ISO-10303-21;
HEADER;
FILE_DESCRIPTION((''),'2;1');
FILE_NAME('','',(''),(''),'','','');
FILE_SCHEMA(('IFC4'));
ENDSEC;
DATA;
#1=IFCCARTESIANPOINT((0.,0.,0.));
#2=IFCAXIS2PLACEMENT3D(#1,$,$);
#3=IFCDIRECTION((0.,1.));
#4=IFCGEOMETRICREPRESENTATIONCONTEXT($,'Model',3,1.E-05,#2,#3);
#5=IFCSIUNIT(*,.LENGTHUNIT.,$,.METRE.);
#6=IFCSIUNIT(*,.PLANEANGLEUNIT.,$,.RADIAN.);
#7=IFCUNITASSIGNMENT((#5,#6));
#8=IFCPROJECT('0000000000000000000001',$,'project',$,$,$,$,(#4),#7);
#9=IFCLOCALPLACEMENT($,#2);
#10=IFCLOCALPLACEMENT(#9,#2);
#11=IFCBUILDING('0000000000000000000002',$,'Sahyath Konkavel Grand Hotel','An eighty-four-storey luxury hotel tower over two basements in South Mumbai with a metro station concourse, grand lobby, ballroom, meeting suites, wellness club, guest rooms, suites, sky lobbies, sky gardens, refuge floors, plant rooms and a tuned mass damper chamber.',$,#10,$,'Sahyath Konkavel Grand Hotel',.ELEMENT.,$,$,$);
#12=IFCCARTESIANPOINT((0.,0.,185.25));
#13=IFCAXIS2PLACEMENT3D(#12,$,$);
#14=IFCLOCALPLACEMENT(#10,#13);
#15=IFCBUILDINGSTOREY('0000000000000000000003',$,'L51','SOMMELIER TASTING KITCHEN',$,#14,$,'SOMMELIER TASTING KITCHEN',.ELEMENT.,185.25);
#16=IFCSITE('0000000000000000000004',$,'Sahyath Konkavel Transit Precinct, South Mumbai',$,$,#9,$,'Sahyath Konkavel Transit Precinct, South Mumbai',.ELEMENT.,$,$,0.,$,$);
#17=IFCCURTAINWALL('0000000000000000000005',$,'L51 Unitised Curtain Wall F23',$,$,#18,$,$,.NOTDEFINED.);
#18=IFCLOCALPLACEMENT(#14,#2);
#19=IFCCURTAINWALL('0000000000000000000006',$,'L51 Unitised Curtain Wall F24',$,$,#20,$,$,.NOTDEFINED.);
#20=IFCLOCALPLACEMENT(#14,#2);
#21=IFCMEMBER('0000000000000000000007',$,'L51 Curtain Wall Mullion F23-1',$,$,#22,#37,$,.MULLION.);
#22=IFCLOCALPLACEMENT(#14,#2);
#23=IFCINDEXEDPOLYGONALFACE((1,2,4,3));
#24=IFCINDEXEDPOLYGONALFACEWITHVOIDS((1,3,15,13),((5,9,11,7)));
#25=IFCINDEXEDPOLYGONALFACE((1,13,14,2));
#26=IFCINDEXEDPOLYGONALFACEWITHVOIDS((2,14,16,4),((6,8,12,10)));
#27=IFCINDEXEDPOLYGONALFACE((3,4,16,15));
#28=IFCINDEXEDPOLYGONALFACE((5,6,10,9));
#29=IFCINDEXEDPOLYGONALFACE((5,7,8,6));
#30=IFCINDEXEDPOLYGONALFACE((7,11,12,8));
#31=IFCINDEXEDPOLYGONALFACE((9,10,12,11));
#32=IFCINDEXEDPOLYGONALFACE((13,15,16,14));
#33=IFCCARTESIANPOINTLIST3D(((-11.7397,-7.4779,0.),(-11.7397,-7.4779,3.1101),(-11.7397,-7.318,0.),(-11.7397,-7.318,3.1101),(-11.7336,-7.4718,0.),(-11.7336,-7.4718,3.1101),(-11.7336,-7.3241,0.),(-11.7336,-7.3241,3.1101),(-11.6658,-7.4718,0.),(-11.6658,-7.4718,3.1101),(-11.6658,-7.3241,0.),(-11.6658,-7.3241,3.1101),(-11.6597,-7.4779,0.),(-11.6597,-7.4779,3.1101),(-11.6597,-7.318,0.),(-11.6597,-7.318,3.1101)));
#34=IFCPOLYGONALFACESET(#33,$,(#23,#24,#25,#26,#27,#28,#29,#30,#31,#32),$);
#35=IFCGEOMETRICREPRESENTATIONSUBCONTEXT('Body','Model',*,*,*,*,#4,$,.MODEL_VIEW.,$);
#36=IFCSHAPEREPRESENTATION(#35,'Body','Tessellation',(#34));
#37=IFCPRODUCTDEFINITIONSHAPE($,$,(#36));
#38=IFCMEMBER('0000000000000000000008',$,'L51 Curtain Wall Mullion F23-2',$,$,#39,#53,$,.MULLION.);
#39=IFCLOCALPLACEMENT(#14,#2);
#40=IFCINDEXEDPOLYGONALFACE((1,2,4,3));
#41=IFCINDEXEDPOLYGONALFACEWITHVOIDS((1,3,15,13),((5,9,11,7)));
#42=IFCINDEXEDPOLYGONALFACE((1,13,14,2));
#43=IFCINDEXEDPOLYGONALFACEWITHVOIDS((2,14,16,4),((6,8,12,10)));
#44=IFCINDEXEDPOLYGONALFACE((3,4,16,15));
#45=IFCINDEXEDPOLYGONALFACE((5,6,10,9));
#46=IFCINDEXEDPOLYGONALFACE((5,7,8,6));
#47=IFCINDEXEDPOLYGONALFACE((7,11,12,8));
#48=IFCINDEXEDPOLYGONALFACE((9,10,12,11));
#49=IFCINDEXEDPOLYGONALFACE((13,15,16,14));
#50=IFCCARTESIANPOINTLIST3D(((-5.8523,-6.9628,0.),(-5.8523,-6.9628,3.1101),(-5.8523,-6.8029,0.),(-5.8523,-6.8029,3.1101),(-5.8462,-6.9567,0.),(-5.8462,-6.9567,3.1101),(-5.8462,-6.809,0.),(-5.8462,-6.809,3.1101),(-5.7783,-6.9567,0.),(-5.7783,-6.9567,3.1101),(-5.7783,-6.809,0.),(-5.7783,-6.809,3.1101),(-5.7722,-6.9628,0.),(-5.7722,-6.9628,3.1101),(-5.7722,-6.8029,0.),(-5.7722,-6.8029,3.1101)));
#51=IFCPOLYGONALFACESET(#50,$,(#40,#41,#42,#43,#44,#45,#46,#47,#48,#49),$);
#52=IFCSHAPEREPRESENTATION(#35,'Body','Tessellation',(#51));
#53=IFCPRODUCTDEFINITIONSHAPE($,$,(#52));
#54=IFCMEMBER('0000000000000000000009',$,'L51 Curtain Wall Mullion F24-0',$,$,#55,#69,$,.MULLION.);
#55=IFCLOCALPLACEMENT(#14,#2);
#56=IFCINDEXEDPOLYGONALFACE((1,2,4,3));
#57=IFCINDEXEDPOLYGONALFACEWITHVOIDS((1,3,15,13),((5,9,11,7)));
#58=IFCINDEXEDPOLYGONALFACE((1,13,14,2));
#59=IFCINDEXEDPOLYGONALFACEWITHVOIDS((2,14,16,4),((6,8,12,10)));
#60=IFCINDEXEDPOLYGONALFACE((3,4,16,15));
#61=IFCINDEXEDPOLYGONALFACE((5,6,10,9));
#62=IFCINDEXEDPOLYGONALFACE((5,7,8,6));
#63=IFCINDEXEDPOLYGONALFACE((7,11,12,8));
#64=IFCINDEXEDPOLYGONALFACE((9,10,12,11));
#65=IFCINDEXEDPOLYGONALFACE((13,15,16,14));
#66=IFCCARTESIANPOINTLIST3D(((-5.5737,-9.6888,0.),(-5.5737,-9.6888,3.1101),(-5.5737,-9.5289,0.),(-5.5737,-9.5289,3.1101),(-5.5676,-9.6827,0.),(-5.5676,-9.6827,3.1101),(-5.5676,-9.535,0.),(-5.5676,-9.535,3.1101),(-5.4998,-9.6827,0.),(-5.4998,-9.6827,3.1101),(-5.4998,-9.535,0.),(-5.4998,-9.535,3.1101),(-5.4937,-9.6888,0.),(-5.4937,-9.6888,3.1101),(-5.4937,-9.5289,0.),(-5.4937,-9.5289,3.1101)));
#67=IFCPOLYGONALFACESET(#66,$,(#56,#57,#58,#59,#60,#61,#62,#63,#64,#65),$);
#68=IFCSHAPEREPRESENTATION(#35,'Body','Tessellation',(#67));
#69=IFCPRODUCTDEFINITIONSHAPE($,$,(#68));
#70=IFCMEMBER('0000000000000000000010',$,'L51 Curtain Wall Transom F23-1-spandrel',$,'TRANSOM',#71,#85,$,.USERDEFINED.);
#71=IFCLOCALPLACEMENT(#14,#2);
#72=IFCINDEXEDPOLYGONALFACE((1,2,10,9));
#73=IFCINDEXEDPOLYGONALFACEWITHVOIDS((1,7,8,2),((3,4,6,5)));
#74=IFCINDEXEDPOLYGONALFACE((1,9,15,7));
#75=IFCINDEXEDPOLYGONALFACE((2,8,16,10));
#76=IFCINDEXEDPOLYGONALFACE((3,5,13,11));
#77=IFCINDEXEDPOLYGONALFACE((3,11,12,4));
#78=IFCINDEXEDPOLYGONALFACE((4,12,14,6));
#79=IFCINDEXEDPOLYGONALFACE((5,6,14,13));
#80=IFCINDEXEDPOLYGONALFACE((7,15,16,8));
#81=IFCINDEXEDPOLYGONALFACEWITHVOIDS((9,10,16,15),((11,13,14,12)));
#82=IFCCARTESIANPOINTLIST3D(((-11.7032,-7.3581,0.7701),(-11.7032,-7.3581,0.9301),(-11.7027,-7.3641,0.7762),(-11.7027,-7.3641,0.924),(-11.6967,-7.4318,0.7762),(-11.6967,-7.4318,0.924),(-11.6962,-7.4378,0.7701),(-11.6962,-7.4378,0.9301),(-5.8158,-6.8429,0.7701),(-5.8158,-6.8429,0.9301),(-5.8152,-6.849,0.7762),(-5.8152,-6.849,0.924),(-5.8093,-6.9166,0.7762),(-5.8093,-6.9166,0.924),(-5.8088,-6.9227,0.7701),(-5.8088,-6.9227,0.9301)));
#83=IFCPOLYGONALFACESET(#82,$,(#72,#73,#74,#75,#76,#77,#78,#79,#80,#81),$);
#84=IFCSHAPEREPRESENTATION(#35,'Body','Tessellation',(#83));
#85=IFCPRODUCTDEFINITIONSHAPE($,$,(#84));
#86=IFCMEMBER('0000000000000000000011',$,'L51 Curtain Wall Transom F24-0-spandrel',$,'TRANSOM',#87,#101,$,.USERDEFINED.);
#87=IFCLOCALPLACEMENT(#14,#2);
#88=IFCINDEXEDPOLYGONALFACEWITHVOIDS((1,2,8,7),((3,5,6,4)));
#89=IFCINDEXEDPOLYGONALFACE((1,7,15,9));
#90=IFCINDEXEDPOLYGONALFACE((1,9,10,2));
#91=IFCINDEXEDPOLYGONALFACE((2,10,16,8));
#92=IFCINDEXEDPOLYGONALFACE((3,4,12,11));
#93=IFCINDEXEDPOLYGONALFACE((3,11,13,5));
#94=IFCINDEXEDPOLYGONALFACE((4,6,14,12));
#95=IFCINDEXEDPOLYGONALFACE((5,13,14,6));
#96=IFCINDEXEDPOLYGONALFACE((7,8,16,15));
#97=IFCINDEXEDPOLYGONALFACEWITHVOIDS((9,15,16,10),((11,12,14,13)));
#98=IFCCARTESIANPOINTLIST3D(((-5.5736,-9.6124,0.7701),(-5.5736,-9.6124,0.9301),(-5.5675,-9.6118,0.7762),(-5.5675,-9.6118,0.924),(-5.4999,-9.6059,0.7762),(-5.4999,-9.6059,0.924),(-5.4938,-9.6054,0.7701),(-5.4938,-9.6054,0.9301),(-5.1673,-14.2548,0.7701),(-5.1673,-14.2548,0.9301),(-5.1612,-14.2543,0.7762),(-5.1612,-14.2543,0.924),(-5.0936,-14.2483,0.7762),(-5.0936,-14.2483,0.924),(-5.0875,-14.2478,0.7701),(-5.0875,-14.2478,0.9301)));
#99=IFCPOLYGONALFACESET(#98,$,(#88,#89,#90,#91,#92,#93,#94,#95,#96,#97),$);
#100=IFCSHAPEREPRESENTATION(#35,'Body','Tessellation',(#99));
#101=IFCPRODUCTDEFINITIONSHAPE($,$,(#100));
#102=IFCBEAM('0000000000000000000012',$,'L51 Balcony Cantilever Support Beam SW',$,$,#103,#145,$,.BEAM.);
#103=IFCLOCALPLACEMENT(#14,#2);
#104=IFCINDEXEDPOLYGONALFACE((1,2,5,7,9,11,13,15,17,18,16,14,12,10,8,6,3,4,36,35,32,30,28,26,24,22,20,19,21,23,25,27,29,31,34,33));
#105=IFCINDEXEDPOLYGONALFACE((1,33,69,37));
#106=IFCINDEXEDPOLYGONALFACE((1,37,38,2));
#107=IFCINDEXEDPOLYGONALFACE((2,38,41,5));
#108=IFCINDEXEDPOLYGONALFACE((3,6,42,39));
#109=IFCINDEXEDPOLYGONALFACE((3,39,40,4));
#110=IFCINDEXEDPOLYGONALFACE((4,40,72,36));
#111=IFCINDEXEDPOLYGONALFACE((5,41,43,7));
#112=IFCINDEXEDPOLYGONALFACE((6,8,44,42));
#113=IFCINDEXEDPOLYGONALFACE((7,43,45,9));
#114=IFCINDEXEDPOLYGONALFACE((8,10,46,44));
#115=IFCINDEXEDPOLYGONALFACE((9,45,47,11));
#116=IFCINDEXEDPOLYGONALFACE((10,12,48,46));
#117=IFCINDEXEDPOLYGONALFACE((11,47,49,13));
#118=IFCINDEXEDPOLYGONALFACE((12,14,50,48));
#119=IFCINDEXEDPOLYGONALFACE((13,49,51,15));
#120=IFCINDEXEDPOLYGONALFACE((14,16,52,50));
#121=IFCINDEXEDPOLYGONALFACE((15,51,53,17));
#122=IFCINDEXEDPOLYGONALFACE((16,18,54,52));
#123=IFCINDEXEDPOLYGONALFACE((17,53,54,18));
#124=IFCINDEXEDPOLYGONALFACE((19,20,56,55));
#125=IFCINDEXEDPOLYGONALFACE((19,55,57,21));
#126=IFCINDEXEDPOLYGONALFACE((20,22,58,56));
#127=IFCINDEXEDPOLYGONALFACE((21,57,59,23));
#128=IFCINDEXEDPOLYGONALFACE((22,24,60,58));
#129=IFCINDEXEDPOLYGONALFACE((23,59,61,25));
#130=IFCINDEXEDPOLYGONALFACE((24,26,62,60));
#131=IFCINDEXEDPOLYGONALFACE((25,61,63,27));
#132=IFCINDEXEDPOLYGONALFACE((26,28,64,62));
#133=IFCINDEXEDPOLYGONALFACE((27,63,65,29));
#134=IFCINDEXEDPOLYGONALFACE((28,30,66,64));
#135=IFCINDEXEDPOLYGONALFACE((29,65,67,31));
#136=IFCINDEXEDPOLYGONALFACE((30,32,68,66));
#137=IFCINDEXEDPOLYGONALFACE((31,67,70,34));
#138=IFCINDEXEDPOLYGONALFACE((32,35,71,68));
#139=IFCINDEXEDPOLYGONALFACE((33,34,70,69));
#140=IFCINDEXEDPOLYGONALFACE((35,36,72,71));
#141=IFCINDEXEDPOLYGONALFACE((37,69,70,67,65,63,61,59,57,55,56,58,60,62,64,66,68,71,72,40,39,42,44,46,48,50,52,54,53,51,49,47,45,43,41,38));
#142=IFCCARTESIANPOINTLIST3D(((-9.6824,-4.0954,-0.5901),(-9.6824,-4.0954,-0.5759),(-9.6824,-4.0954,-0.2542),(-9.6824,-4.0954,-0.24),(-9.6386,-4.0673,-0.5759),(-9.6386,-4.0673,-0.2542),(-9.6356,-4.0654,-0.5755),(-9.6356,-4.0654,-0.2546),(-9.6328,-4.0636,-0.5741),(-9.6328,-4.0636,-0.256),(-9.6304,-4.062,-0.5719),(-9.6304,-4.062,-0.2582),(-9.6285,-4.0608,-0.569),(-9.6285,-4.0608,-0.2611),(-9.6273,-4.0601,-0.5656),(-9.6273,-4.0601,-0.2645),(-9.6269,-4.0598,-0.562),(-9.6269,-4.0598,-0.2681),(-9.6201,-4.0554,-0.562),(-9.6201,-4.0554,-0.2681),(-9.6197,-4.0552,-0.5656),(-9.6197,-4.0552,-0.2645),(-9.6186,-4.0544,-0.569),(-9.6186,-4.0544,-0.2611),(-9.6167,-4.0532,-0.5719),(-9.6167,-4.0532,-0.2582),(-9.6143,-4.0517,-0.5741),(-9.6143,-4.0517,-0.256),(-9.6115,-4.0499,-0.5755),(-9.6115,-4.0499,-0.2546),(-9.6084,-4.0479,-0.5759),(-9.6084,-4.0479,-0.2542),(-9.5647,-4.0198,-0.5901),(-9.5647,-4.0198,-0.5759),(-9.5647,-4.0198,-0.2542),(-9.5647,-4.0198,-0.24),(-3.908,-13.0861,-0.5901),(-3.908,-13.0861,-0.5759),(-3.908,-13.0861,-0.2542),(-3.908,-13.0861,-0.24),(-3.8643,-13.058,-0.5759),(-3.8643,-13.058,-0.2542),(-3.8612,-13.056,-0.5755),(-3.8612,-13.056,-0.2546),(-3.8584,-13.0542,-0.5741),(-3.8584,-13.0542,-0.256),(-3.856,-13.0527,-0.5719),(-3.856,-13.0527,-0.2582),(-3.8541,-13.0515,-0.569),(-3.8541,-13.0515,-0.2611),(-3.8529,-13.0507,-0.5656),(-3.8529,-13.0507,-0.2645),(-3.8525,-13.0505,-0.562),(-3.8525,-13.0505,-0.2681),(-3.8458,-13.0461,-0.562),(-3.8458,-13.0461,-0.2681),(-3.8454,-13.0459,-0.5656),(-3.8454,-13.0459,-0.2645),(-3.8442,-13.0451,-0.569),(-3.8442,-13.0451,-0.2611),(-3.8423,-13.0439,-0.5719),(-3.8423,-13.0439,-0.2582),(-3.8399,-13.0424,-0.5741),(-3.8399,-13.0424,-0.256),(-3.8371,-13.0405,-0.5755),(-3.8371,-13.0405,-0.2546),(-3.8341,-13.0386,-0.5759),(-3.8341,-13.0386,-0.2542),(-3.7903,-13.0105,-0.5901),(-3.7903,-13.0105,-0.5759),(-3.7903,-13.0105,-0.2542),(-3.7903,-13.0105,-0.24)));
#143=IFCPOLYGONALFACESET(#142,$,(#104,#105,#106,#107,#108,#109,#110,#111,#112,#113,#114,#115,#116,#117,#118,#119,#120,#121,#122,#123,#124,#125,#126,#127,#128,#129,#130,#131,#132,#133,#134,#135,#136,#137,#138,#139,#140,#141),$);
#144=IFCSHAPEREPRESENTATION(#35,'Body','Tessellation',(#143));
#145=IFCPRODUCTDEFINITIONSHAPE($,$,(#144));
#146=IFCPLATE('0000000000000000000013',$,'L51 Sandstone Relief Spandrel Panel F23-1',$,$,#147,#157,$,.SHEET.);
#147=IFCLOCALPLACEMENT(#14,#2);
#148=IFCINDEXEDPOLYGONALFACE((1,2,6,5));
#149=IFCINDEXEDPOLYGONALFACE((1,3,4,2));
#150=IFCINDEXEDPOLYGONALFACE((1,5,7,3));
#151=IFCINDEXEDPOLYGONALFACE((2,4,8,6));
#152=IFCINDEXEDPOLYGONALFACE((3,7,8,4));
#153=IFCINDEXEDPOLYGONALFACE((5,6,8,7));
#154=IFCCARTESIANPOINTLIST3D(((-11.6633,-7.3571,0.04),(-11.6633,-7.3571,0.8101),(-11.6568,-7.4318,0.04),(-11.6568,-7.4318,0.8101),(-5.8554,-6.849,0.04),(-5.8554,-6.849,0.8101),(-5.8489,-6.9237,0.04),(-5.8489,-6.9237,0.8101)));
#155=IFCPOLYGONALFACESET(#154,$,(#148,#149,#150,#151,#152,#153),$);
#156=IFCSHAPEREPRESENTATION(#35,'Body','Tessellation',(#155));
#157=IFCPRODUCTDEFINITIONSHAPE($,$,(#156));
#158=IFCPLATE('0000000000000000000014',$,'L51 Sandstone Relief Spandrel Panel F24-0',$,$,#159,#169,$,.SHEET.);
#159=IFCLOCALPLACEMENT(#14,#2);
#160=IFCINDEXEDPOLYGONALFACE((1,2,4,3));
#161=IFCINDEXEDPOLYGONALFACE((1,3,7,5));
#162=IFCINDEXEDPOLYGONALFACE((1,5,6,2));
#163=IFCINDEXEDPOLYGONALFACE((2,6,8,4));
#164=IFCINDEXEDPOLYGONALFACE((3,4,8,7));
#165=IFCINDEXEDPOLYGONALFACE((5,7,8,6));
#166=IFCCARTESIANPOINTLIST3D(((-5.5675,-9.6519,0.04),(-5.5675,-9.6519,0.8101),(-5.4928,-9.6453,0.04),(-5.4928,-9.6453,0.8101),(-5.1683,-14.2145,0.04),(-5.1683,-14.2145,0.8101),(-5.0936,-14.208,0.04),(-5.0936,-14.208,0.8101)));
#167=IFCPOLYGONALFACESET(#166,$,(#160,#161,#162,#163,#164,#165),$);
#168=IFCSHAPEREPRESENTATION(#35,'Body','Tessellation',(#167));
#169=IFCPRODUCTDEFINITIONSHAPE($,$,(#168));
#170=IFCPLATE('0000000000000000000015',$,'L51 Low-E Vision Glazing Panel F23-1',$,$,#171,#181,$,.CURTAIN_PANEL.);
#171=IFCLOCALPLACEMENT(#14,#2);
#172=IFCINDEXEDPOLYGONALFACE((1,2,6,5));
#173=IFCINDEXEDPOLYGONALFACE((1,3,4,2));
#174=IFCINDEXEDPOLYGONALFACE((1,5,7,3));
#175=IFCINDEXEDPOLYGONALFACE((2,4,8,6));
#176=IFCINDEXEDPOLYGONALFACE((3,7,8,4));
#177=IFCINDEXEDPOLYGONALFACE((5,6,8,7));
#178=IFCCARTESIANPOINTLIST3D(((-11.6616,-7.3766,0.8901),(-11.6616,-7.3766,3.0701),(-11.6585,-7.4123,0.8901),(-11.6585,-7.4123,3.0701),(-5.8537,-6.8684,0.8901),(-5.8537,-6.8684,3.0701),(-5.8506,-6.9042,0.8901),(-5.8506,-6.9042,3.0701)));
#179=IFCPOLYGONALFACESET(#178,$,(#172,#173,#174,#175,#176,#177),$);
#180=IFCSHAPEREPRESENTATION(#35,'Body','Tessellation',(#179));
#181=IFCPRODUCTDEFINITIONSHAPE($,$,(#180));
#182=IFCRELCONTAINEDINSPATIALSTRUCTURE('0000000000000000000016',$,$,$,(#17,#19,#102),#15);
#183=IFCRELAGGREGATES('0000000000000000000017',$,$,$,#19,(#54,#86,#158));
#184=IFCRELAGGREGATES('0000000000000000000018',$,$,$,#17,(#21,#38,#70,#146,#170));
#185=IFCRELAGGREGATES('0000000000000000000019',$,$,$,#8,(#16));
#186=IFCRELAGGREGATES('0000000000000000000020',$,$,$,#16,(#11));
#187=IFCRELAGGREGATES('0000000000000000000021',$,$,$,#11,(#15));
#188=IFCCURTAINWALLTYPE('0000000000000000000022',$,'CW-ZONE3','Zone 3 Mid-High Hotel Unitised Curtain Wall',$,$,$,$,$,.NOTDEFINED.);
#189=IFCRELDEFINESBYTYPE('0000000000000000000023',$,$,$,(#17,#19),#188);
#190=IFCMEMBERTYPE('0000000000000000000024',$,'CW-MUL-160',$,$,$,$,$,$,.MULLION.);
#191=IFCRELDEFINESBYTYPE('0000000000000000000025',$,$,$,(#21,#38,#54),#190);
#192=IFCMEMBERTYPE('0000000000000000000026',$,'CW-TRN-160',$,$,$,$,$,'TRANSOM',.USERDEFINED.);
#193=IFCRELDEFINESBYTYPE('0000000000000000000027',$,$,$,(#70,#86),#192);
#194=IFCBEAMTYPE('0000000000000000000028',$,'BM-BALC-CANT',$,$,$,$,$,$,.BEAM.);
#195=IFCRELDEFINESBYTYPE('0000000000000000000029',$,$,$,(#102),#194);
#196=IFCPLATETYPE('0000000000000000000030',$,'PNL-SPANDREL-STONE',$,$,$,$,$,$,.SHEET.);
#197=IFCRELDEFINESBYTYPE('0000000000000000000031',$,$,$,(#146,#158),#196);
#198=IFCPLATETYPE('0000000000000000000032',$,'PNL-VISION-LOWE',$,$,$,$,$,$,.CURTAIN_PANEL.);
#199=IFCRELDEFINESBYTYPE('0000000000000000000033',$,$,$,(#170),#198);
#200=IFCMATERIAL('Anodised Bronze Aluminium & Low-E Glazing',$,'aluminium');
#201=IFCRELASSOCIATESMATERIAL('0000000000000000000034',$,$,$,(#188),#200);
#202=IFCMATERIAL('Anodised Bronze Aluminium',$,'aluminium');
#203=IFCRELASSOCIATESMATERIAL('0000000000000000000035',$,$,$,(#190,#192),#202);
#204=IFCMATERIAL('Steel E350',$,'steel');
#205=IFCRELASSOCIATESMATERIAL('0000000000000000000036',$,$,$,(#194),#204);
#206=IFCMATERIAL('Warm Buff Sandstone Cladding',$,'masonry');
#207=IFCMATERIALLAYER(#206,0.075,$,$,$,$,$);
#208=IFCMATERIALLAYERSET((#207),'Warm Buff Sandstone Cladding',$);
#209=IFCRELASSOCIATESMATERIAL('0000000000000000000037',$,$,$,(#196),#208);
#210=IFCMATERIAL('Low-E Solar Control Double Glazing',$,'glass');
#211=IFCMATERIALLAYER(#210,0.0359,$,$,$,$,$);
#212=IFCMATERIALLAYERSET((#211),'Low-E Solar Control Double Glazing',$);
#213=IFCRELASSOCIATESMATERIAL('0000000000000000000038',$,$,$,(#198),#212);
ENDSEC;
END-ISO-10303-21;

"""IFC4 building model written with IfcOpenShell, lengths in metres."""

from ifc_helpers import new_model, si_unit, direction, frame, origin, origin_2d, place, context, subcontext, project, spatial, rectangle, hollow_rectangle, i_section, extrude, source, transform, mapped, material, layer, layer_set, material_profile, profile_set, type_object, element, aggregate, save


model = new_model("IFC4")

# Units and contexts
model_context = context("Model", 3, precision=1e-05, world=origin(), true_north=direction((0.0, 1.0)))
body_context = subcontext(model_context, "Body", "Model", "MODEL_VIEW")
ifc_project = project(units=[si_unit("LENGTHUNIT", "METRE"), si_unit("PLANEANGLEUNIT", "RADIAN")], contexts=[model_context])

# Site, building, storey
site_placement = place(None, origin())
site = spatial("IfcSite", under=ifc_project, at=site_placement, Name="Sahyath Konkavel Transit Precinct, South Mumbai", LongName="Sahyath Konkavel Transit Precinct, South Mumbai", CompositionType="ELEMENT", RefElevation=0.0)
building_placement = place(site_placement, origin())
building = spatial("IfcBuilding", under=site, at=building_placement, Name="Sahyath Konkavel Grand Hotel", Description="An eighty-four-storey luxury hotel tower over two basements in South Mumbai with a metro station concourse, grand lobby, ballroom, meeting suites, wellness club, guest rooms, suites, sky lobbies, sky gardens, refuge floors, plant rooms and a tuned mass damper chamber.", LongName="Sahyath Konkavel Grand Hotel", CompositionType="ELEMENT")
storey_placement = place(building_placement, frame((0.0, 0.0, 185.25)))
storey = spatial("IfcBuildingStorey", under=building, at=storey_placement, Name="L51", Description="SOMMELIER TASTING KITCHEN", LongName="SOMMELIER TASTING KITCHEN", CompositionType="ELEMENT", Elevation=185.25)

# Shared definitions
ifc_material_1 = material(Name="Steel E350", Category="steel")

# Curtain walls
ifc_material_2 = material(Name="Anodised Bronze Aluminium & Low-E Glazing", Category="aluminium")
curtain_wall_type = type_object("IfcCurtainWallType", Name="CW-ZONE3", Description="Zone 3 Mid-High Hotel Unitised Curtain Wall", PredefinedType="NOTDEFINED", material=ifc_material_2)
curtain_wall_1_placement = place(storey_placement, origin())
curtain_wall_1 = element("IfcCurtainWall", 1, at=curtain_wall_1_placement, inside=storey, type_object=curtain_wall_type, Name="L51 Unitised Curtain Wall F23", PredefinedType="NOTDEFINED")
curtain_wall_2_placement = place(storey_placement, origin())
curtain_wall_2 = element("IfcCurtainWall", 2, at=curtain_wall_2_placement, inside=storey, type_object=curtain_wall_type, Name="L51 Unitised Curtain Wall F24", PredefinedType="NOTDEFINED")

# Members
ifc_material_3 = material(Name="Anodised Bronze Aluminium", Category="aluminium")
ifc_material_profile_1 = material_profile(ifc_material_3, hollow_rectangle(XDim=0.0801, YDim=0.1599, WallThickness=0.0061, at=origin_2d()), Name="RHS 160x80x6")
ifc_profile_set_1 = profile_set([ifc_material_profile_1], Name="Anodised Bronze Aluminium")
member_type_1 = type_object("IfcMemberType", Name="CW-MUL-160", PredefinedType="MULLION", material=ifc_profile_set_1)
shared_shape_1 = source(origin(), body_context, "Body", "SweptSolid", [
    extrude(hollow_rectangle(XDim=0.0801, YDim=0.1599, WallThickness=0.0061, at=origin_2d()), origin(), (0.0, 0.0, 1.0), 3.1101),
])
member_1_placement = place(storey_placement, frame((-11.6997, -7.3979, 0.0), z_axis=(0.0, 0.0, 1.0), x_axis=(1.0, 0.0, 0.0)))
member_1 = element("IfcMember", 3, at=member_1_placement, type_object=member_type_1, Name="L51 Curtain Wall Mullion F23-1", PredefinedType="MULLION", context=body_context, shape_type="MappedRepresentation", body=[
    mapped(shared_shape_1, transform((0.0, 0.0, 0.0), scale=1.0)),
])
member_2_placement = place(storey_placement, frame((-5.8123, -6.8828, 0.0), z_axis=(0.0, 0.0, 1.0), x_axis=(1.0, 0.0, 0.0)))
member_2 = element("IfcMember", 4, at=member_2_placement, type_object=member_type_1, Name="L51 Curtain Wall Mullion F23-2", PredefinedType="MULLION", context=body_context, shape_type="MappedRepresentation", body=[
    mapped(shared_shape_1, transform((0.0, 0.0, 0.0), scale=1.0)),
])
member_3_placement = place(storey_placement, frame((-5.5337, -9.6089, 0.0), z_axis=(0.0, 0.0, 1.0), x_axis=(1.0, 0.0, 0.0)))
member_3 = element("IfcMember", 5, at=member_3_placement, type_object=member_type_1, Name="L51 Curtain Wall Mullion F24-0", PredefinedType="MULLION", context=body_context, shape_type="MappedRepresentation", body=[
    mapped(shared_shape_1, transform((0.0, 0.0, 0.0), scale=1.0)),
])
ifc_material_profile_2 = material_profile(ifc_material_3, hollow_rectangle(XDim=0.0801, YDim=0.1599, WallThickness=0.0061, at=origin_2d()), Name="RHS 160x80x6")
ifc_profile_set_2 = profile_set([ifc_material_profile_2], Name="Anodised Bronze Aluminium")
member_type_2 = type_object("IfcMemberType", Name="CW-TRN-160", ElementType="TRANSOM", PredefinedType="USERDEFINED", material=ifc_profile_set_2)
shared_shape_2 = source(origin(), body_context, "Body", "SweptSolid", [
    extrude(hollow_rectangle(XDim=0.0801, YDim=0.1599, WallThickness=0.0061, at=origin_2d()), origin(), (0.0, 0.0, 1.0), 5.9099),
])
member_4_placement = place(storey_placement, frame((-11.6997, -7.3979, 0.8501), z_axis=(0.996194, 0.087164, 0.0), x_axis=(-0.087164, 0.996194, 0.0)))
member_4 = element("IfcMember", 6, at=member_4_placement, type_object=member_type_2, Name="L51 Curtain Wall Transom F23-1-spandrel", ObjectType="TRANSOM", PredefinedType="USERDEFINED", context=body_context, shape_type="MappedRepresentation", body=[
    mapped(shared_shape_2, transform((0.0, 0.0, 0.0), scale=1.0)),
])
shared_shape_3 = source(origin(), body_context, "Body", "SweptSolid", [
    extrude(hollow_rectangle(XDim=0.0801, YDim=0.1599, WallThickness=0.0061, at=origin_2d()), origin(), (0.0, 0.0, 1.0), 4.6602),
])
member_5_placement = place(storey_placement, frame((-5.5337, -9.6089, 0.8501), z_axis=(0.087177, -0.996193, 0.0), x_axis=(0.996193, 0.087177, 0.0)))
member_5 = element("IfcMember", 7, at=member_5_placement, type_object=member_type_2, Name="L51 Curtain Wall Transom F24-0-spandrel", ObjectType="TRANSOM", PredefinedType="USERDEFINED", context=body_context, shape_type="MappedRepresentation", body=[
    mapped(shared_shape_3, transform((0.0, 0.0, 0.0), scale=1.0)),
])

# Beam
ifc_material_profile_3 = material_profile(ifc_material_1, i_section(OverallWidth=0.1399, OverallDepth=0.3501, WebThickness=0.0081, FlangeThickness=0.0142, FilletRadius=0.0139, at=origin_2d()), Name="ISMB 350")
ifc_profile_set_3 = profile_set([ifc_material_profile_3], Name="Steel E350")
beam_type_1 = type_object("IfcBeamType", Name="BM-BALC-CANT", PredefinedType="BEAM", material=ifc_profile_set_3)
shared_shape_4 = source(origin(), body_context, "Body", "SweptSolid", [
    extrude(i_section(OverallWidth=0.1399, OverallDepth=0.3501, WebThickness=0.0081, FlangeThickness=0.0142, FilletRadius=0.0139, at=origin_2d()), origin(), (0.0, 0.0, 1.0), 10.6853),
])
beam_1_placement = place(storey_placement, frame((-9.6235, -4.0576, -0.415), z_axis=(0.540404, -0.841406, 0.0), x_axis=(0.841406, 0.540404, 0.0)))
element("IfcBeam", 8, at=beam_1_placement, inside=storey, type_object=beam_type_1, Name="L51 Balcony Cantilever Support Beam SW", PredefinedType="BEAM", context=body_context, shape_type="MappedRepresentation", body=[
    mapped(shared_shape_4, transform((0.0, 0.0, 0.0), scale=1.0)),
])

# Plates
ifc_material_4 = material(Name="Warm Buff Sandstone Cladding", Category="masonry")
ifc_layer_1 = layer(ifc_material_4, 0.075)
ifc_layer_set_1 = layer_set([ifc_layer_1], Name="Warm Buff Sandstone Cladding")
plate_type_1 = type_object("IfcPlateType", Name="PNL-SPANDREL-STONE", PredefinedType="SHEET", material=ifc_layer_set_1)
shared_shape_5 = source(origin(), body_context, "Body", "SweptSolid", [
    extrude(rectangle(XDim=5.8301, YDim=0.075, at=origin_2d()), origin(), (0.0, 0.0, 1.0), 0.77),
])
plate_1_placement = place(storey_placement, frame((-8.7561, -7.1404, 0.04), z_axis=(0.0, 0.0, 1.0), x_axis=(0.996195, 0.087156, 0.0)))
plate_1 = element("IfcPlate", 9, at=plate_1_placement, type_object=plate_type_1, Name="L51 Sandstone Relief Spandrel Panel F23-1", PredefinedType="SHEET", context=body_context, shape_type="MappedRepresentation", body=[
    mapped(shared_shape_5, transform((0.0, 0.0, 0.0), scale=1.0)),
])
shared_shape_6 = source(origin(), body_context, "Body", "SweptSolid", [
    extrude(rectangle(XDim=4.5801, YDim=0.075, at=origin_2d()), origin(), (0.0, 0.0, 1.0), 0.77),
])
plate_2_placement = place(storey_placement, frame((-5.3306, -11.9299, 0.04), z_axis=(0.0, 0.0, 1.0), x_axis=(0.087156, -0.996195, 0.0)))
plate_2 = element("IfcPlate", 10, at=plate_2_placement, type_object=plate_type_1, Name="L51 Sandstone Relief Spandrel Panel F24-0", PredefinedType="SHEET", context=body_context, shape_type="MappedRepresentation", body=[
    mapped(shared_shape_6, transform((0.0, 0.0, 0.0), scale=1.0)),
])
aggregate(curtain_wall_2, [member_3, member_5, plate_2])
ifc_material_5 = material(Name="Low-E Solar Control Double Glazing", Category="glass")
ifc_layer_2 = layer(ifc_material_5, 0.0359)
ifc_layer_set_2 = layer_set([ifc_layer_2], Name="Low-E Solar Control Double Glazing")
plate_type_2 = type_object("IfcPlateType", Name="PNL-VISION-LOWE", PredefinedType="CURTAIN_PANEL", material=ifc_layer_set_2)
shared_shape_7 = source(origin(), body_context, "Body", "SweptSolid", [
    extrude(rectangle(XDim=5.8301, YDim=0.0359, at=origin_2d()), origin(), (0.0, 0.0, 1.0), 2.1799),
])
plate_3_placement = place(storey_placement, frame((-8.7561, -7.1404, 0.8901), z_axis=(0.0, 0.0, 1.0), x_axis=(0.996195, 0.087156, 0.0)))
plate_3 = element("IfcPlate", 11, at=plate_3_placement, type_object=plate_type_2, Name="L51 Low-E Vision Glazing Panel F23-1", PredefinedType="CURTAIN_PANEL", context=body_context, shape_type="MappedRepresentation", body=[
    mapped(shared_shape_7, transform((0.0, 0.0, 0.0), scale=1.0)),
])
aggregate(curtain_wall_1, [member_1, member_2, member_4, plate_1, plate_3])

save(model, "model.ifc")
